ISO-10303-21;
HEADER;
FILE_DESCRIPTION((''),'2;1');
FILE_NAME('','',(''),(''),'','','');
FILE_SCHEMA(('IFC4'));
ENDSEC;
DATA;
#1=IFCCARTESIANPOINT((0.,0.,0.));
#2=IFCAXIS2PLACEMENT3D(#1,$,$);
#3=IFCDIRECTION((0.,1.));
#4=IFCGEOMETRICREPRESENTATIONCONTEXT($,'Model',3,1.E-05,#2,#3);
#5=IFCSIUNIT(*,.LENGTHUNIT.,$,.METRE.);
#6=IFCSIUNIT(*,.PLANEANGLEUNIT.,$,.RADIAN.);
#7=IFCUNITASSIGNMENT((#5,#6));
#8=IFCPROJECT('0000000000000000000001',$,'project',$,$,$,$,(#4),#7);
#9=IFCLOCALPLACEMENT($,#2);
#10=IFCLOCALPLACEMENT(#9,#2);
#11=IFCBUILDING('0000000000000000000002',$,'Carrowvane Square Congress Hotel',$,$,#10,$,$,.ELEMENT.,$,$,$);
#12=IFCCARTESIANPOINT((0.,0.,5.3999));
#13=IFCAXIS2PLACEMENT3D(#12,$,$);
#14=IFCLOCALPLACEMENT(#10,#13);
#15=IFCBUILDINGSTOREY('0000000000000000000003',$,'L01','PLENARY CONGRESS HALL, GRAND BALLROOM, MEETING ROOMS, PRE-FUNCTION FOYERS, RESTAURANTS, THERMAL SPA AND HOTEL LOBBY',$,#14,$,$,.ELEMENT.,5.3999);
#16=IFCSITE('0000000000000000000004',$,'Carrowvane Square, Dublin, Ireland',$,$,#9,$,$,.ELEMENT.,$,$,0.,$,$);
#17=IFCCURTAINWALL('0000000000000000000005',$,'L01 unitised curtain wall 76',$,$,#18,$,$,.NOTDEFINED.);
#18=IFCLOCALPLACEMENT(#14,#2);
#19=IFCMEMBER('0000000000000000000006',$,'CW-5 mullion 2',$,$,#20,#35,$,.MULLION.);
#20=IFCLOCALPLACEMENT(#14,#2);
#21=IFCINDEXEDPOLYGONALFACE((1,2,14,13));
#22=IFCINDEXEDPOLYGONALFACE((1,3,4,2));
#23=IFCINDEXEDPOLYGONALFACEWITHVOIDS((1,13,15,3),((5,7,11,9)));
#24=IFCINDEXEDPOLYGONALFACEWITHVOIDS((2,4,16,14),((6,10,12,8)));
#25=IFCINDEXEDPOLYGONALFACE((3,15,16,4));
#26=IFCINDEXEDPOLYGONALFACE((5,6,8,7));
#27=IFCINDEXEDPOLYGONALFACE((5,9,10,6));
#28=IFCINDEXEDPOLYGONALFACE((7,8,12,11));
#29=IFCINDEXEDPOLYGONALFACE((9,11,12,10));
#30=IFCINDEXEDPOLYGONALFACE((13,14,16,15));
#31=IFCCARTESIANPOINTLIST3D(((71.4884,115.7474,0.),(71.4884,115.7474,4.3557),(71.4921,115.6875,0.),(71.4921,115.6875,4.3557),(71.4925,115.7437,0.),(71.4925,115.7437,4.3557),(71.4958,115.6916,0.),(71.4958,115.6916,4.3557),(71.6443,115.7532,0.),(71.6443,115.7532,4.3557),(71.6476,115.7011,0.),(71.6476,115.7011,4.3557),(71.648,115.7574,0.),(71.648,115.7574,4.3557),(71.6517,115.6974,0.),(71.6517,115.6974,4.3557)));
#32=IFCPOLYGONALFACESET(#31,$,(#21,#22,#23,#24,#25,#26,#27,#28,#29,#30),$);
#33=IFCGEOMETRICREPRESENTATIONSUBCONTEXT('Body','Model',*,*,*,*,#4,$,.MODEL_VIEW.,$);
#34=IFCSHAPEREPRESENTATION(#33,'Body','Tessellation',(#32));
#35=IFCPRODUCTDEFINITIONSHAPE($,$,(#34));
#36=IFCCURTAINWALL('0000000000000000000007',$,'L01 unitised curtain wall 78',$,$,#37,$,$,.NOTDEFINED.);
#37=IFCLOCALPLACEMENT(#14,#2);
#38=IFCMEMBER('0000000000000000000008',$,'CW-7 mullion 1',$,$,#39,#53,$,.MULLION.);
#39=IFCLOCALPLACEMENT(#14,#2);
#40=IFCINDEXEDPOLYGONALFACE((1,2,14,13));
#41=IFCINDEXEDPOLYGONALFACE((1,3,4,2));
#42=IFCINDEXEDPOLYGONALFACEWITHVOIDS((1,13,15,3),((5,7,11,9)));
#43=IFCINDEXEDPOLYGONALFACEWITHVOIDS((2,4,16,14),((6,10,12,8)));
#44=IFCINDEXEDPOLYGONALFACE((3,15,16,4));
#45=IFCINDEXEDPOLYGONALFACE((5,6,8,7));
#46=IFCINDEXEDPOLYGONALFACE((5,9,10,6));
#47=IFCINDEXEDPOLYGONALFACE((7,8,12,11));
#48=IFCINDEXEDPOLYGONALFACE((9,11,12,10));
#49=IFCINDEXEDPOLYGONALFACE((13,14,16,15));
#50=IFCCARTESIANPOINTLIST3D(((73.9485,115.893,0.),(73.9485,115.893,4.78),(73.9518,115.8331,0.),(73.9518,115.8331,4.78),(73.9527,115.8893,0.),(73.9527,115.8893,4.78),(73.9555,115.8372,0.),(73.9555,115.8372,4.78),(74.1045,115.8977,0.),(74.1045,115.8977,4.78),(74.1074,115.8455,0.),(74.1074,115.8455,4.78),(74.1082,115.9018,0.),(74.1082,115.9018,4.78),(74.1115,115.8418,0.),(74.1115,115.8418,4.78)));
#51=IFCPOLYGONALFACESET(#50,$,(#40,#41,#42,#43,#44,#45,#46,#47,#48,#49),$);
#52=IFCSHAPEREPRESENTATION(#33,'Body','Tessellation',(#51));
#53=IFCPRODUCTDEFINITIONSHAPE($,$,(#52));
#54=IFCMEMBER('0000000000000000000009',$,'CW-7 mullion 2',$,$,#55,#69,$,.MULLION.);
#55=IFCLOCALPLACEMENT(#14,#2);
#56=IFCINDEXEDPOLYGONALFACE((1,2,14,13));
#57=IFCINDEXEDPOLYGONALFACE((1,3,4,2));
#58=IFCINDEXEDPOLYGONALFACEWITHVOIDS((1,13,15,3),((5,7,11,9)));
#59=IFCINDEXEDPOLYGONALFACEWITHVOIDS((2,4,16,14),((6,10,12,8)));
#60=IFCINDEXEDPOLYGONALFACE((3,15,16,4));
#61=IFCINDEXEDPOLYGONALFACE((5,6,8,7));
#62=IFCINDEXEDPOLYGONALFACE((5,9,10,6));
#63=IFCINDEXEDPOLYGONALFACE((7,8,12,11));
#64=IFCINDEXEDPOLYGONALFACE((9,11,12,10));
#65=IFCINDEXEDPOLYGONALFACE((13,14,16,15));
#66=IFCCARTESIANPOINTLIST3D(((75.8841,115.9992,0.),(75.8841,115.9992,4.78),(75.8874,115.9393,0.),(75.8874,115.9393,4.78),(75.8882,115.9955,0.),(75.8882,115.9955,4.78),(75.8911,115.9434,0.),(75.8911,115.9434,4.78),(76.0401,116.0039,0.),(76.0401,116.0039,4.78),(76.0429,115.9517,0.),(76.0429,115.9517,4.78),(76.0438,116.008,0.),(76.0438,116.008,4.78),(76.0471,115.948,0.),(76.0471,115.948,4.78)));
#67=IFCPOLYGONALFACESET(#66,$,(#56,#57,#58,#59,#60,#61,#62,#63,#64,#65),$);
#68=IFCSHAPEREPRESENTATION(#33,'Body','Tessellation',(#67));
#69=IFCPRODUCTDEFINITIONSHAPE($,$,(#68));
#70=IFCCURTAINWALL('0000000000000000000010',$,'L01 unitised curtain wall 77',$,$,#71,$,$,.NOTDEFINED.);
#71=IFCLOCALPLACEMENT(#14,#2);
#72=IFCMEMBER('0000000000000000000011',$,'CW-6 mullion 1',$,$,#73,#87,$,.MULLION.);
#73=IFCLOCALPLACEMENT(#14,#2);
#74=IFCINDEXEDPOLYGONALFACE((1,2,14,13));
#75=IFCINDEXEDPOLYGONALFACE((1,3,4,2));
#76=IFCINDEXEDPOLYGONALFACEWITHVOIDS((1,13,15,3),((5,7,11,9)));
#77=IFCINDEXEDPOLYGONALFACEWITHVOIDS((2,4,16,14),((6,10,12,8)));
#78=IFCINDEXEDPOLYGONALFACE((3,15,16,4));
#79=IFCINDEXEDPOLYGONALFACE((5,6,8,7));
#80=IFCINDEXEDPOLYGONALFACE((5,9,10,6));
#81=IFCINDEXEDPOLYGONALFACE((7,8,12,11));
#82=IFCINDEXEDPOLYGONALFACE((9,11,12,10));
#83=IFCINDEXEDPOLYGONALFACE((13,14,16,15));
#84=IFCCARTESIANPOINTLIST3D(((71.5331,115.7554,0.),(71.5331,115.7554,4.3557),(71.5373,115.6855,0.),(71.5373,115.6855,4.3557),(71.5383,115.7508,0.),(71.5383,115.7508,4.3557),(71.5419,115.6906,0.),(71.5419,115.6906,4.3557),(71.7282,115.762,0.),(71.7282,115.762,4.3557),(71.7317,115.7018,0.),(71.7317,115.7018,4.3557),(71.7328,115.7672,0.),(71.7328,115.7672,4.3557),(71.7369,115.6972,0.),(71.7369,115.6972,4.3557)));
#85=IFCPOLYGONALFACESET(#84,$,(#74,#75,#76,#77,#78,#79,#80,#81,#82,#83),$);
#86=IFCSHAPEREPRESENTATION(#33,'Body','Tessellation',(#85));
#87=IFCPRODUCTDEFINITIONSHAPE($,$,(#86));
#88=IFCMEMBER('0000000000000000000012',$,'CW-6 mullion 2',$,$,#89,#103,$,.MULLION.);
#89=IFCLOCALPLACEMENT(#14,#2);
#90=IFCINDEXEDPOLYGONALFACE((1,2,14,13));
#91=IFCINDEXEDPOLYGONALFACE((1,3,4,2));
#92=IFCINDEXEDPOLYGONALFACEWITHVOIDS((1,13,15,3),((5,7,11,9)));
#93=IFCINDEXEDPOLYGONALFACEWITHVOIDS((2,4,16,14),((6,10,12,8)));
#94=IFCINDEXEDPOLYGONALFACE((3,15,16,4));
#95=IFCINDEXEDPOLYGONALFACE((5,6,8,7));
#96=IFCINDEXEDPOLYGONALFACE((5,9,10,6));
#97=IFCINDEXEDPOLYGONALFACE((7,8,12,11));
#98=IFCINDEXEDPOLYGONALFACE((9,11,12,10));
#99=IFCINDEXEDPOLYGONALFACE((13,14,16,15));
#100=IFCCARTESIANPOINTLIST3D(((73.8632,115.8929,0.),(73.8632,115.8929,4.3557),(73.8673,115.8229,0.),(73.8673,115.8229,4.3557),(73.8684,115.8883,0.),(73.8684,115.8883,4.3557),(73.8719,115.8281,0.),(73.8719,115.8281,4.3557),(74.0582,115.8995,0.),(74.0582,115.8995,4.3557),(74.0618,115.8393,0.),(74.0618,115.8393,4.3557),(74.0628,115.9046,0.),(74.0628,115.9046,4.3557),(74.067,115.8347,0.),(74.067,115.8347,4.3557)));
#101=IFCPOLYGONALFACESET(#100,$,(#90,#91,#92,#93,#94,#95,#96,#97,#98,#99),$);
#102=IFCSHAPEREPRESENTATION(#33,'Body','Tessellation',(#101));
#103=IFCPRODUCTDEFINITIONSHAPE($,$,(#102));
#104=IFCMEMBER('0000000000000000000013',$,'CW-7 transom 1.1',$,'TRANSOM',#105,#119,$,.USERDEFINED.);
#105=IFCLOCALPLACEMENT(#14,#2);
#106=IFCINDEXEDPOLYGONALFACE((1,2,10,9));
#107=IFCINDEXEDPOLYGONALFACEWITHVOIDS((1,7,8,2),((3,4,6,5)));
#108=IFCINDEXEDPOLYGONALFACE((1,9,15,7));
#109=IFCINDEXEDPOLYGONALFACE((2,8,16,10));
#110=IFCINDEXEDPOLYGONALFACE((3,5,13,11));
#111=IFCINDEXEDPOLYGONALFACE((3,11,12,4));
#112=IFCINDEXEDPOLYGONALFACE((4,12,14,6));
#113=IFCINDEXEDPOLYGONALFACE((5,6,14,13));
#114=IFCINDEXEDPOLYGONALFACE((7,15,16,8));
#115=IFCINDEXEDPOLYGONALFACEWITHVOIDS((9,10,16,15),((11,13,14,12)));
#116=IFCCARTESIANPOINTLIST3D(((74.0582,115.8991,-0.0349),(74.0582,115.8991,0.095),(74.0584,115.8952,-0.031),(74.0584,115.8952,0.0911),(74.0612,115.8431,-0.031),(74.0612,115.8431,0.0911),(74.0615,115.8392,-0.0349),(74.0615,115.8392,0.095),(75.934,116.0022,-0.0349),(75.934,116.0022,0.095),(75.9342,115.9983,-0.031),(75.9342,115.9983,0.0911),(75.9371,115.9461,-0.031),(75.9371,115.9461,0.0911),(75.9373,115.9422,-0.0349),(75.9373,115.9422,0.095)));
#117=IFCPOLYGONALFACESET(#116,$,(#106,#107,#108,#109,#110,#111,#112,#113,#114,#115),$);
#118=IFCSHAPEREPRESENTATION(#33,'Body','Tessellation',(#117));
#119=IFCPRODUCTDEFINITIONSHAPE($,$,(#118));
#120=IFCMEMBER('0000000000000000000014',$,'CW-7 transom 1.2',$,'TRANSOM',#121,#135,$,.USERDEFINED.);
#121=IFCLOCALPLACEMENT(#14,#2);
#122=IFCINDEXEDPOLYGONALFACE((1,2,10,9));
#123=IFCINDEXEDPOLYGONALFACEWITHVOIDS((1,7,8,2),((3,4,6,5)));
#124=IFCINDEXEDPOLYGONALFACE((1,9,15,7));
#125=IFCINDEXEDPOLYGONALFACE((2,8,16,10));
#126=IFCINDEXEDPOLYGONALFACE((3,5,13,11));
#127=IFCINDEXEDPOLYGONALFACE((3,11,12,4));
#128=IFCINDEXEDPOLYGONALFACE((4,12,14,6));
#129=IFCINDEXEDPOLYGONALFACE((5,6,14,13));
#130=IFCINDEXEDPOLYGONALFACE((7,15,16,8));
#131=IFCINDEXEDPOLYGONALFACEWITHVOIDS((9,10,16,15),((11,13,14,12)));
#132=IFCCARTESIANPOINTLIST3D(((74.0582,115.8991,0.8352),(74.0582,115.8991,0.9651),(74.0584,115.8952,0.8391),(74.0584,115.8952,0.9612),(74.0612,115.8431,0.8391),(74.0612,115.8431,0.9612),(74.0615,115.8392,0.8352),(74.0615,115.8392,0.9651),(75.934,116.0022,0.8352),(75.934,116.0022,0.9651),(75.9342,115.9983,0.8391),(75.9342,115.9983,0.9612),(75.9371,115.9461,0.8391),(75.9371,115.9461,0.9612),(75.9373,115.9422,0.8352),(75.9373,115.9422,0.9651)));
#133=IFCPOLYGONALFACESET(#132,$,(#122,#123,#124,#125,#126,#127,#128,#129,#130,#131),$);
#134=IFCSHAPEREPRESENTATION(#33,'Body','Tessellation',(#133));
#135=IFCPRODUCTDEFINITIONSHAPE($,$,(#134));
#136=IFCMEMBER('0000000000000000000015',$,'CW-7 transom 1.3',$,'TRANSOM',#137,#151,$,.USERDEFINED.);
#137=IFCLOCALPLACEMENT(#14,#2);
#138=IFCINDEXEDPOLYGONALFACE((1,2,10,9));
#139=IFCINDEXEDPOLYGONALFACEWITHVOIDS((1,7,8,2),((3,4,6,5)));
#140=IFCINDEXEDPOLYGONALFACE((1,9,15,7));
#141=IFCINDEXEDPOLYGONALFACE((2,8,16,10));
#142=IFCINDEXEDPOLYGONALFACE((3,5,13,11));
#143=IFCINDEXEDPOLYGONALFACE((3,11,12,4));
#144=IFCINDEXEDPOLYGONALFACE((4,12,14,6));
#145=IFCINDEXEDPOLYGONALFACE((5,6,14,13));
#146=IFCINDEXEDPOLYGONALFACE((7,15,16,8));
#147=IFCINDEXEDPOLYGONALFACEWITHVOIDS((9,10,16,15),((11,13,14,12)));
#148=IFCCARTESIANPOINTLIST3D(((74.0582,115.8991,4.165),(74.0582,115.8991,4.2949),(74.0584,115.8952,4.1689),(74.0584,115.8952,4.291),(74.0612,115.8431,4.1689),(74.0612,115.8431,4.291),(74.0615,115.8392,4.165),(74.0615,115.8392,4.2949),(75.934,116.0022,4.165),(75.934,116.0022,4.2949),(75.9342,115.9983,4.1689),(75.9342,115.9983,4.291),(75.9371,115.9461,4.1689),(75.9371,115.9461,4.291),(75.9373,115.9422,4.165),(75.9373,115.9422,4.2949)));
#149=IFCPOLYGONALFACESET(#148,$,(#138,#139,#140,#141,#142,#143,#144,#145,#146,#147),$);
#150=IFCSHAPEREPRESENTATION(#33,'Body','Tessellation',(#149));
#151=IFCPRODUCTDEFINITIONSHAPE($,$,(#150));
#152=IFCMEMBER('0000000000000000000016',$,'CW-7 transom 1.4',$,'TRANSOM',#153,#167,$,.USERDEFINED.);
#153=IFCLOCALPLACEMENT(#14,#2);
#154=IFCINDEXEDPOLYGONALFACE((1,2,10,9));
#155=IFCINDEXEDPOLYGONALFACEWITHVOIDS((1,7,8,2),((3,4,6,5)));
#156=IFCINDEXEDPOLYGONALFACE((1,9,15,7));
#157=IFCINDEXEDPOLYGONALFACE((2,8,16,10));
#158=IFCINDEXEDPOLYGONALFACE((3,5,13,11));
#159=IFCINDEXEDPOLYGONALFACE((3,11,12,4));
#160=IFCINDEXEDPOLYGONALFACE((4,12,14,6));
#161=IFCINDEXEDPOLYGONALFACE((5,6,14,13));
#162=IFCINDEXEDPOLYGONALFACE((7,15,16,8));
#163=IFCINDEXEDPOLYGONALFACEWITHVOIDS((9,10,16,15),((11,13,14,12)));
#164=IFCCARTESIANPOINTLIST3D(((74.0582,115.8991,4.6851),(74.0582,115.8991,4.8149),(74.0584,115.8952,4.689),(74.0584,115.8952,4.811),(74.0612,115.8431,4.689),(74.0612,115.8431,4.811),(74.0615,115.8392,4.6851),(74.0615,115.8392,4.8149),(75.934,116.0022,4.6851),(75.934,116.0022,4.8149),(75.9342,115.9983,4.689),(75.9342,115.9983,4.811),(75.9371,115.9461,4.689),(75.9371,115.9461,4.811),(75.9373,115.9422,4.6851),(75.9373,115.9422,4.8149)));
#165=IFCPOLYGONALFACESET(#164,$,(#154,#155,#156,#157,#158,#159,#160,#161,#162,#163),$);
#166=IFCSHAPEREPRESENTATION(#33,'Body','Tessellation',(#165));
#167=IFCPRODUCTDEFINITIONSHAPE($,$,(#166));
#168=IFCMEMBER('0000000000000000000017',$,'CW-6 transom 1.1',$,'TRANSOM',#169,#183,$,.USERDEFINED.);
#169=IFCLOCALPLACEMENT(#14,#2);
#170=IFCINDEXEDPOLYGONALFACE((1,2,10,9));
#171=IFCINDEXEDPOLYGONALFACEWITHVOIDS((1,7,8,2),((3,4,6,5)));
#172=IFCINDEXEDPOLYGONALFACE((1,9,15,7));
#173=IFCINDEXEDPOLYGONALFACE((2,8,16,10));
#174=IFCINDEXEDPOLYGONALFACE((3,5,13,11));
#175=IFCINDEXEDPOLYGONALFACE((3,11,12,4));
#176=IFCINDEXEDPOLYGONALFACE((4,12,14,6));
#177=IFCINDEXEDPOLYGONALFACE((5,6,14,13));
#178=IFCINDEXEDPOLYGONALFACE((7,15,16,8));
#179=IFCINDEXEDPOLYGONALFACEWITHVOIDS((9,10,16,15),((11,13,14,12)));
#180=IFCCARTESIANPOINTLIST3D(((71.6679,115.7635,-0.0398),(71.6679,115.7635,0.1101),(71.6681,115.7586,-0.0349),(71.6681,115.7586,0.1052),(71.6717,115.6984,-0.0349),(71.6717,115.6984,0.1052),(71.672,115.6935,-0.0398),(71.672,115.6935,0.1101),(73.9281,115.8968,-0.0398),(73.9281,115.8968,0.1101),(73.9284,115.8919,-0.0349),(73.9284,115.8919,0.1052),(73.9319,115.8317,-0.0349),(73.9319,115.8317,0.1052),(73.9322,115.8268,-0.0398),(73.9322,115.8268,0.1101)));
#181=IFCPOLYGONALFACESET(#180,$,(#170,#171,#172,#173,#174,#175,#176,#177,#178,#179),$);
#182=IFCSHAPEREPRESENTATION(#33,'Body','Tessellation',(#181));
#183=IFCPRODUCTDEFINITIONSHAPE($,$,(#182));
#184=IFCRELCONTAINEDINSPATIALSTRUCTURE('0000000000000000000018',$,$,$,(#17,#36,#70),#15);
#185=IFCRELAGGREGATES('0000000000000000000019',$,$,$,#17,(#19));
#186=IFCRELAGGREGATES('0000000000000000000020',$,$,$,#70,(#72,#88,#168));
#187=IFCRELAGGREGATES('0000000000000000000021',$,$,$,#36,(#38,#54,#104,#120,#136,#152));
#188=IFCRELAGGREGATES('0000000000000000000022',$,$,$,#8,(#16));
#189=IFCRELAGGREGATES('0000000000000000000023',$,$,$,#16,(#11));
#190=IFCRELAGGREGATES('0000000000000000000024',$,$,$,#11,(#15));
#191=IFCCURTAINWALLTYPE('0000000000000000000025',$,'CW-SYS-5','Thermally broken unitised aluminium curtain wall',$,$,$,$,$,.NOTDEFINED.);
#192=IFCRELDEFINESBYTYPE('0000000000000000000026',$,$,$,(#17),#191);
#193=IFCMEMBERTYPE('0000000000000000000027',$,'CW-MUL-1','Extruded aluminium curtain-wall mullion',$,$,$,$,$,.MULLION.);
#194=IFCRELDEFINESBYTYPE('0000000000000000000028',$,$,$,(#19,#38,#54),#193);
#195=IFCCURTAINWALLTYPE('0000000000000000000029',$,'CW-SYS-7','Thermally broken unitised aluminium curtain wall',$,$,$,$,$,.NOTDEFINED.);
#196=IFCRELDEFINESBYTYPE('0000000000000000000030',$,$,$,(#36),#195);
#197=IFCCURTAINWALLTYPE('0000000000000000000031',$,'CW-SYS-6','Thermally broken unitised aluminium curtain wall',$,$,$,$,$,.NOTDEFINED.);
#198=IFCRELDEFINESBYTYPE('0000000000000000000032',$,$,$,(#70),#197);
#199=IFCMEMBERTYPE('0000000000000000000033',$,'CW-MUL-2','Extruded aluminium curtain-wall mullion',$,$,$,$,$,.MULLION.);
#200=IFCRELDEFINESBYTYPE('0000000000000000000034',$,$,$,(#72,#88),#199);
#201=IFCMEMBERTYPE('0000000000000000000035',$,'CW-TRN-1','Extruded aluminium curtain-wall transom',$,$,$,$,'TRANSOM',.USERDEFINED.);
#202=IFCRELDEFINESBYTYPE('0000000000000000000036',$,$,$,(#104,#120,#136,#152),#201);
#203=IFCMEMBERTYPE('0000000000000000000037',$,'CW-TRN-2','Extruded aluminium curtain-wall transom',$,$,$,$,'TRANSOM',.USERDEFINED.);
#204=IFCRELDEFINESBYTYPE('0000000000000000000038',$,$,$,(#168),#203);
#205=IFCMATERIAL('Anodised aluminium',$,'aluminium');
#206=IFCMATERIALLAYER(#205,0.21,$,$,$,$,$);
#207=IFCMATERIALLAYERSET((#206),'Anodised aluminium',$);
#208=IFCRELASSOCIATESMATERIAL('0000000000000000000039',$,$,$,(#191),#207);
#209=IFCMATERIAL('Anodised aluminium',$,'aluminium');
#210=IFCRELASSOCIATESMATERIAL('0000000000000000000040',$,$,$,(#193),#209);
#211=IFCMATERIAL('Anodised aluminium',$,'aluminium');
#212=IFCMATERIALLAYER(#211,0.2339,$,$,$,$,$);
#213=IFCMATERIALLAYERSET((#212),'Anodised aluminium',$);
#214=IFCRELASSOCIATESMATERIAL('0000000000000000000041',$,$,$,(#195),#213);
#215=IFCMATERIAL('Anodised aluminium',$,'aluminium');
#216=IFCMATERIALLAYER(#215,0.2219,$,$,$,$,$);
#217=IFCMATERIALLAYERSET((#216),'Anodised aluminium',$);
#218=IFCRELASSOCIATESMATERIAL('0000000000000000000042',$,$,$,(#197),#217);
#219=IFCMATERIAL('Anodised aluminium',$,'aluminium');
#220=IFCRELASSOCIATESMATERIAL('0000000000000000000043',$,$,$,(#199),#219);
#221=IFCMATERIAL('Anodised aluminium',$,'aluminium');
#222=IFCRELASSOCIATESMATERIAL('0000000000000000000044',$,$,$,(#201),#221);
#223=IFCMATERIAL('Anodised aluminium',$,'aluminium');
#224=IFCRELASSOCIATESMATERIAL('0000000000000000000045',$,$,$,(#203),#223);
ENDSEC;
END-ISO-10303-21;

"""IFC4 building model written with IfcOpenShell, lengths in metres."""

from ifc_helpers import new_model, si_unit, direction, frame, origin, origin_2d, place, context, subcontext, project, spatial, hollow_rectangle, extrude, material, layer, layer_set, material_profile, profile_set, type_object, element, aggregate, save


model = new_model("IFC4")

# Units and contexts
model_context = context("Model", 3, precision=1e-05, world=origin(), true_north=direction((0.0, 1.0)))
body_context = subcontext(model_context, "Body", "Model", "MODEL_VIEW")
ifc_project = project(units=[si_unit("LENGTHUNIT", "METRE"), si_unit("PLANEANGLEUNIT", "RADIAN")], contexts=[model_context])

# Site, building, storey
site_placement = place(None, origin())
site = spatial("IfcSite", under=ifc_project, at=site_placement, Name="Carrowvane Square, Dublin, Ireland", CompositionType="ELEMENT", RefElevation=0.0)
building_placement = place(site_placement, origin())
building = spatial("IfcBuilding", under=site, at=building_placement, Name="Carrowvane Square Congress Hotel", CompositionType="ELEMENT")
storey_placement = place(building_placement, frame((0.0, 0.0, 5.3999)))
storey = spatial("IfcBuildingStorey", under=building, at=storey_placement, Name="L01", Description="PLENARY CONGRESS HALL, GRAND BALLROOM, MEETING ROOMS, PRE-FUNCTION FOYERS, RESTAURANTS, THERMAL SPA AND HOTEL LOBBY", CompositionType="ELEMENT", Elevation=5.3999)

# Curtain wall, member
ifc_material_1 = material(Name="Anodised aluminium", Category="aluminium")
ifc_layer_1 = layer(ifc_material_1, 0.21)
ifc_layer_set_1 = layer_set([ifc_layer_1], Name="Anodised aluminium")
curtain_wall_type_1 = type_object("IfcCurtainWallType", Name="CW-SYS-5", Description="Thermally broken unitised aluminium curtain wall", PredefinedType="NOTDEFINED", material=ifc_layer_set_1)
curtain_wall_1_placement = place(storey_placement, origin())
curtain_wall_1 = element("IfcCurtainWall", 1, at=curtain_wall_1_placement, inside=storey, type_object=curtain_wall_type_1, Name="L01 unitised curtain wall 76", PredefinedType="NOTDEFINED")
ifc_material_2 = material(Name="Anodised aluminium", Category="aluminium")
ifc_material_profile_1 = material_profile(ifc_material_2, hollow_rectangle(XDim=0.0601, YDim=0.1599, WallThickness=0.0039, at=origin_2d()), Name="CW-ML 60x160x4")
ifc_profile_set_1 = profile_set([ifc_material_profile_1], Name="Anodised aluminium")
member_type_1 = type_object("IfcMemberType", Name="CW-MUL-1", Description="Extruded aluminium curtain-wall mullion", PredefinedType="MULLION", material=ifc_profile_set_1)
member_1_placement = place(storey_placement, frame((71.5701, 115.7224, 0.0), z_axis=(0.0, 0.0, 1.0), x_axis=(-0.062397, 0.998051, 0.0)))
member_1 = element("IfcMember", 2, at=member_1_placement, type_object=member_type_1, Name="CW-5 mullion 2", PredefinedType="MULLION", context=body_context, shape_type="SweptSolid", body=[
    extrude(hollow_rectangle(XDim=0.0601, YDim=0.1599, WallThickness=0.0039, at=origin_2d()), origin(), (0.0, 0.0, 1.0), 4.3557),
])

# Curtain walls, members
ifc_material_3 = material(Name="Anodised aluminium", Category="aluminium")
ifc_layer_2 = layer(ifc_material_3, 0.2339)
ifc_layer_set_2 = layer_set([ifc_layer_2], Name="Anodised aluminium")
curtain_wall_type_2 = type_object("IfcCurtainWallType", Name="CW-SYS-7", Description="Thermally broken unitised aluminium curtain wall", PredefinedType="NOTDEFINED", material=ifc_layer_set_2)
curtain_wall_2_placement = place(storey_placement, origin())
curtain_wall_2 = element("IfcCurtainWall", 3, at=curtain_wall_2_placement, inside=storey, type_object=curtain_wall_type_2, Name="L01 unitised curtain wall 78", PredefinedType="NOTDEFINED")
member_2_placement = place(storey_placement, frame((74.03, 115.8674, 0.0), z_axis=(0.0, 0.0, 1.0), x_axis=(-0.054816, 0.998496, 0.0)))
member_2 = element("IfcMember", 4, at=member_2_placement, type_object=member_type_1, Name="CW-7 mullion 1", PredefinedType="MULLION", context=body_context, shape_type="SweptSolid", body=[
    extrude(hollow_rectangle(XDim=0.0601, YDim=0.1599, WallThickness=0.0039, at=origin_2d()), origin(), (0.0, 0.0, 1.0), 4.78),
])
member_3_placement = place(storey_placement, frame((75.9656, 115.9736, 0.0), z_axis=(0.0, 0.0, 1.0), x_axis=(-0.054816, 0.998496, 0.0)))
member_3 = element("IfcMember", 5, at=member_3_placement, type_object=member_type_1, Name="CW-7 mullion 2", PredefinedType="MULLION", context=body_context, shape_type="SweptSolid", body=[
    extrude(hollow_rectangle(XDim=0.0601, YDim=0.1599, WallThickness=0.0039, at=origin_2d()), origin(), (0.0, 0.0, 1.0), 4.78),
])
ifc_material_4 = material(Name="Anodised aluminium", Category="aluminium")
ifc_layer_3 = layer(ifc_material_4, 0.2219)
ifc_layer_set_3 = layer_set([ifc_layer_3], Name="Anodised aluminium")
curtain_wall_type_3 = type_object("IfcCurtainWallType", Name="CW-SYS-6", Description="Thermally broken unitised aluminium curtain wall", PredefinedType="NOTDEFINED", material=ifc_layer_set_3)
curtain_wall_3_placement = place(storey_placement, origin())
curtain_wall_3 = element("IfcCurtainWall", 6, at=curtain_wall_3_placement, inside=storey, type_object=curtain_wall_type_3, Name="L01 unitised curtain wall 77", PredefinedType="NOTDEFINED")
ifc_material_5 = material(Name="Anodised aluminium", Category="aluminium")
ifc_material_profile_2 = material_profile(ifc_material_5, hollow_rectangle(XDim=0.0701, YDim=0.2, WallThickness=0.0049, at=origin_2d()), Name="CW-ML 70x200x5")
ifc_profile_set_2 = profile_set([ifc_material_profile_2], Name="Anodised aluminium")
member_type_2 = type_object("IfcMemberType", Name="CW-MUL-2", Description="Extruded aluminium curtain-wall mullion", PredefinedType="MULLION", material=ifc_profile_set_2)
member_4_placement = place(storey_placement, frame((71.635, 115.7263, 0.0), z_axis=(0.0, 0.0, 1.0), x_axis=(-0.058851, 0.998267, 0.0)))
member_4 = element("IfcMember", 7, at=member_4_placement, type_object=member_type_2, Name="CW-6 mullion 1", PredefinedType="MULLION", context=body_context, shape_type="SweptSolid", body=[
    extrude(hollow_rectangle(XDim=0.0701, YDim=0.2, WallThickness=0.0049, at=origin_2d()), origin(), (0.0, 0.0, 1.0), 4.3557),
])
member_5_placement = place(storey_placement, frame((73.9651, 115.8638, 0.0), z_axis=(0.0, 0.0, 1.0), x_axis=(-0.058851, 0.998267, 0.0)))
member_5 = element("IfcMember", 8, at=member_5_placement, type_object=member_type_2, Name="CW-6 mullion 2", PredefinedType="MULLION", context=body_context, shape_type="SweptSolid", body=[
    extrude(hollow_rectangle(XDim=0.0701, YDim=0.2, WallThickness=0.0049, at=origin_2d()), origin(), (0.0, 0.0, 1.0), 4.3557),
])

# Members
ifc_material_6 = material(Name="Anodised aluminium", Category="aluminium")
ifc_material_profile_3 = material_profile(ifc_material_6, hollow_rectangle(XDim=0.0601, YDim=0.1299, WallThickness=0.0039, at=origin_2d()), Name="CW-TR 60x130x4")
ifc_profile_set_3 = profile_set([ifc_material_profile_3], Name="Anodised aluminium")
member_type_3 = type_object("IfcMemberType", Name="CW-TRN-1", Description="Extruded aluminium curtain-wall transom", ElementType="TRANSOM", PredefinedType="USERDEFINED", material=ifc_profile_set_3)
member_6_placement = place(storey_placement, frame((74.0598, 115.8691, 0.03), z_axis=(0.998495, 0.054844, 0.0), x_axis=(-0.054844, 0.998495, 0.0)))
member_6 = element("IfcMember", 9, at=member_6_placement, type_object=member_type_3, Name="CW-7 transom 1.1", ObjectType="TRANSOM", PredefinedType="USERDEFINED", context=body_context, shape_type="SweptSolid", body=[
    extrude(hollow_rectangle(XDim=0.0601, YDim=0.1299, WallThickness=0.0039, at=origin_2d()), origin(), (0.0, 0.0, 1.0), 1.8787),
])
member_7_placement = place(storey_placement, frame((74.0598, 115.8691, 0.9001), z_axis=(0.998495, 0.054844, 0.0), x_axis=(-0.054844, 0.998495, 0.0)))
member_7 = element("IfcMember", 10, at=member_7_placement, type_object=member_type_3, Name="CW-7 transom 1.2", ObjectType="TRANSOM", PredefinedType="USERDEFINED", context=body_context, shape_type="SweptSolid", body=[
    extrude(hollow_rectangle(XDim=0.0601, YDim=0.1299, WallThickness=0.0039, at=origin_2d()), origin(), (0.0, 0.0, 1.0), 1.8787),
])
member_8_placement = place(storey_placement, frame((74.0598, 115.8691, 4.23), z_axis=(0.998495, 0.054844, 0.0), x_axis=(-0.054844, 0.998495, 0.0)))
member_8 = element("IfcMember", 11, at=member_8_placement, type_object=member_type_3, Name="CW-7 transom 1.3", ObjectType="TRANSOM", PredefinedType="USERDEFINED", context=body_context, shape_type="SweptSolid", body=[
    extrude(hollow_rectangle(XDim=0.0601, YDim=0.1299, WallThickness=0.0039, at=origin_2d()), origin(), (0.0, 0.0, 1.0), 1.8787),
])
member_9_placement = place(storey_placement, frame((74.0598, 115.8691, 4.75), z_axis=(0.998495, 0.054844, 0.0), x_axis=(-0.054844, 0.998495, 0.0)))
member_9 = element("IfcMember", 12, at=member_9_placement, type_object=member_type_3, Name="CW-7 transom 1.4", ObjectType="TRANSOM", PredefinedType="USERDEFINED", context=body_context, shape_type="SweptSolid", body=[
    extrude(hollow_rectangle(XDim=0.0601, YDim=0.1299, WallThickness=0.0039, at=origin_2d()), origin(), (0.0, 0.0, 1.0), 1.8787),
])
ifc_material_7 = material(Name="Anodised aluminium", Category="aluminium")
ifc_material_profile_4 = material_profile(ifc_material_7, hollow_rectangle(XDim=0.0701, YDim=0.1499, WallThickness=0.0049, at=origin_2d()), Name="CW-TR 70x150x5")
ifc_profile_set_4 = profile_set([ifc_material_profile_4], Name="Anodised aluminium")
member_type_4 = type_object("IfcMemberType", Name="CW-TRN-2", Description="Extruded aluminium curtain-wall transom", ElementType="TRANSOM", PredefinedType="USERDEFINED", material=ifc_profile_set_4)
member_10_placement = place(storey_placement, frame((71.6699, 115.7285, 0.0352), z_axis=(0.998265, 0.058874, 0.0), x_axis=(-0.058874, 0.998265, 0.0)))
member_10 = element("IfcMember", 13, at=member_10_placement, type_object=member_type_4, Name="CW-6 transom 1.1", ObjectType="TRANSOM", PredefinedType="USERDEFINED", context=body_context, shape_type="SweptSolid", body=[
    extrude(hollow_rectangle(XDim=0.0701, YDim=0.1499, WallThickness=0.0049, at=origin_2d()), origin(), (0.0, 0.0, 1.0), 2.2642),
])

aggregate(curtain_wall_1, [member_1])
aggregate(curtain_wall_3, [member_4, member_5, member_10])
aggregate(curtain_wall_2, [member_2, member_3, member_6, member_7, member_8, member_9])

save(model, "model.ifc")
